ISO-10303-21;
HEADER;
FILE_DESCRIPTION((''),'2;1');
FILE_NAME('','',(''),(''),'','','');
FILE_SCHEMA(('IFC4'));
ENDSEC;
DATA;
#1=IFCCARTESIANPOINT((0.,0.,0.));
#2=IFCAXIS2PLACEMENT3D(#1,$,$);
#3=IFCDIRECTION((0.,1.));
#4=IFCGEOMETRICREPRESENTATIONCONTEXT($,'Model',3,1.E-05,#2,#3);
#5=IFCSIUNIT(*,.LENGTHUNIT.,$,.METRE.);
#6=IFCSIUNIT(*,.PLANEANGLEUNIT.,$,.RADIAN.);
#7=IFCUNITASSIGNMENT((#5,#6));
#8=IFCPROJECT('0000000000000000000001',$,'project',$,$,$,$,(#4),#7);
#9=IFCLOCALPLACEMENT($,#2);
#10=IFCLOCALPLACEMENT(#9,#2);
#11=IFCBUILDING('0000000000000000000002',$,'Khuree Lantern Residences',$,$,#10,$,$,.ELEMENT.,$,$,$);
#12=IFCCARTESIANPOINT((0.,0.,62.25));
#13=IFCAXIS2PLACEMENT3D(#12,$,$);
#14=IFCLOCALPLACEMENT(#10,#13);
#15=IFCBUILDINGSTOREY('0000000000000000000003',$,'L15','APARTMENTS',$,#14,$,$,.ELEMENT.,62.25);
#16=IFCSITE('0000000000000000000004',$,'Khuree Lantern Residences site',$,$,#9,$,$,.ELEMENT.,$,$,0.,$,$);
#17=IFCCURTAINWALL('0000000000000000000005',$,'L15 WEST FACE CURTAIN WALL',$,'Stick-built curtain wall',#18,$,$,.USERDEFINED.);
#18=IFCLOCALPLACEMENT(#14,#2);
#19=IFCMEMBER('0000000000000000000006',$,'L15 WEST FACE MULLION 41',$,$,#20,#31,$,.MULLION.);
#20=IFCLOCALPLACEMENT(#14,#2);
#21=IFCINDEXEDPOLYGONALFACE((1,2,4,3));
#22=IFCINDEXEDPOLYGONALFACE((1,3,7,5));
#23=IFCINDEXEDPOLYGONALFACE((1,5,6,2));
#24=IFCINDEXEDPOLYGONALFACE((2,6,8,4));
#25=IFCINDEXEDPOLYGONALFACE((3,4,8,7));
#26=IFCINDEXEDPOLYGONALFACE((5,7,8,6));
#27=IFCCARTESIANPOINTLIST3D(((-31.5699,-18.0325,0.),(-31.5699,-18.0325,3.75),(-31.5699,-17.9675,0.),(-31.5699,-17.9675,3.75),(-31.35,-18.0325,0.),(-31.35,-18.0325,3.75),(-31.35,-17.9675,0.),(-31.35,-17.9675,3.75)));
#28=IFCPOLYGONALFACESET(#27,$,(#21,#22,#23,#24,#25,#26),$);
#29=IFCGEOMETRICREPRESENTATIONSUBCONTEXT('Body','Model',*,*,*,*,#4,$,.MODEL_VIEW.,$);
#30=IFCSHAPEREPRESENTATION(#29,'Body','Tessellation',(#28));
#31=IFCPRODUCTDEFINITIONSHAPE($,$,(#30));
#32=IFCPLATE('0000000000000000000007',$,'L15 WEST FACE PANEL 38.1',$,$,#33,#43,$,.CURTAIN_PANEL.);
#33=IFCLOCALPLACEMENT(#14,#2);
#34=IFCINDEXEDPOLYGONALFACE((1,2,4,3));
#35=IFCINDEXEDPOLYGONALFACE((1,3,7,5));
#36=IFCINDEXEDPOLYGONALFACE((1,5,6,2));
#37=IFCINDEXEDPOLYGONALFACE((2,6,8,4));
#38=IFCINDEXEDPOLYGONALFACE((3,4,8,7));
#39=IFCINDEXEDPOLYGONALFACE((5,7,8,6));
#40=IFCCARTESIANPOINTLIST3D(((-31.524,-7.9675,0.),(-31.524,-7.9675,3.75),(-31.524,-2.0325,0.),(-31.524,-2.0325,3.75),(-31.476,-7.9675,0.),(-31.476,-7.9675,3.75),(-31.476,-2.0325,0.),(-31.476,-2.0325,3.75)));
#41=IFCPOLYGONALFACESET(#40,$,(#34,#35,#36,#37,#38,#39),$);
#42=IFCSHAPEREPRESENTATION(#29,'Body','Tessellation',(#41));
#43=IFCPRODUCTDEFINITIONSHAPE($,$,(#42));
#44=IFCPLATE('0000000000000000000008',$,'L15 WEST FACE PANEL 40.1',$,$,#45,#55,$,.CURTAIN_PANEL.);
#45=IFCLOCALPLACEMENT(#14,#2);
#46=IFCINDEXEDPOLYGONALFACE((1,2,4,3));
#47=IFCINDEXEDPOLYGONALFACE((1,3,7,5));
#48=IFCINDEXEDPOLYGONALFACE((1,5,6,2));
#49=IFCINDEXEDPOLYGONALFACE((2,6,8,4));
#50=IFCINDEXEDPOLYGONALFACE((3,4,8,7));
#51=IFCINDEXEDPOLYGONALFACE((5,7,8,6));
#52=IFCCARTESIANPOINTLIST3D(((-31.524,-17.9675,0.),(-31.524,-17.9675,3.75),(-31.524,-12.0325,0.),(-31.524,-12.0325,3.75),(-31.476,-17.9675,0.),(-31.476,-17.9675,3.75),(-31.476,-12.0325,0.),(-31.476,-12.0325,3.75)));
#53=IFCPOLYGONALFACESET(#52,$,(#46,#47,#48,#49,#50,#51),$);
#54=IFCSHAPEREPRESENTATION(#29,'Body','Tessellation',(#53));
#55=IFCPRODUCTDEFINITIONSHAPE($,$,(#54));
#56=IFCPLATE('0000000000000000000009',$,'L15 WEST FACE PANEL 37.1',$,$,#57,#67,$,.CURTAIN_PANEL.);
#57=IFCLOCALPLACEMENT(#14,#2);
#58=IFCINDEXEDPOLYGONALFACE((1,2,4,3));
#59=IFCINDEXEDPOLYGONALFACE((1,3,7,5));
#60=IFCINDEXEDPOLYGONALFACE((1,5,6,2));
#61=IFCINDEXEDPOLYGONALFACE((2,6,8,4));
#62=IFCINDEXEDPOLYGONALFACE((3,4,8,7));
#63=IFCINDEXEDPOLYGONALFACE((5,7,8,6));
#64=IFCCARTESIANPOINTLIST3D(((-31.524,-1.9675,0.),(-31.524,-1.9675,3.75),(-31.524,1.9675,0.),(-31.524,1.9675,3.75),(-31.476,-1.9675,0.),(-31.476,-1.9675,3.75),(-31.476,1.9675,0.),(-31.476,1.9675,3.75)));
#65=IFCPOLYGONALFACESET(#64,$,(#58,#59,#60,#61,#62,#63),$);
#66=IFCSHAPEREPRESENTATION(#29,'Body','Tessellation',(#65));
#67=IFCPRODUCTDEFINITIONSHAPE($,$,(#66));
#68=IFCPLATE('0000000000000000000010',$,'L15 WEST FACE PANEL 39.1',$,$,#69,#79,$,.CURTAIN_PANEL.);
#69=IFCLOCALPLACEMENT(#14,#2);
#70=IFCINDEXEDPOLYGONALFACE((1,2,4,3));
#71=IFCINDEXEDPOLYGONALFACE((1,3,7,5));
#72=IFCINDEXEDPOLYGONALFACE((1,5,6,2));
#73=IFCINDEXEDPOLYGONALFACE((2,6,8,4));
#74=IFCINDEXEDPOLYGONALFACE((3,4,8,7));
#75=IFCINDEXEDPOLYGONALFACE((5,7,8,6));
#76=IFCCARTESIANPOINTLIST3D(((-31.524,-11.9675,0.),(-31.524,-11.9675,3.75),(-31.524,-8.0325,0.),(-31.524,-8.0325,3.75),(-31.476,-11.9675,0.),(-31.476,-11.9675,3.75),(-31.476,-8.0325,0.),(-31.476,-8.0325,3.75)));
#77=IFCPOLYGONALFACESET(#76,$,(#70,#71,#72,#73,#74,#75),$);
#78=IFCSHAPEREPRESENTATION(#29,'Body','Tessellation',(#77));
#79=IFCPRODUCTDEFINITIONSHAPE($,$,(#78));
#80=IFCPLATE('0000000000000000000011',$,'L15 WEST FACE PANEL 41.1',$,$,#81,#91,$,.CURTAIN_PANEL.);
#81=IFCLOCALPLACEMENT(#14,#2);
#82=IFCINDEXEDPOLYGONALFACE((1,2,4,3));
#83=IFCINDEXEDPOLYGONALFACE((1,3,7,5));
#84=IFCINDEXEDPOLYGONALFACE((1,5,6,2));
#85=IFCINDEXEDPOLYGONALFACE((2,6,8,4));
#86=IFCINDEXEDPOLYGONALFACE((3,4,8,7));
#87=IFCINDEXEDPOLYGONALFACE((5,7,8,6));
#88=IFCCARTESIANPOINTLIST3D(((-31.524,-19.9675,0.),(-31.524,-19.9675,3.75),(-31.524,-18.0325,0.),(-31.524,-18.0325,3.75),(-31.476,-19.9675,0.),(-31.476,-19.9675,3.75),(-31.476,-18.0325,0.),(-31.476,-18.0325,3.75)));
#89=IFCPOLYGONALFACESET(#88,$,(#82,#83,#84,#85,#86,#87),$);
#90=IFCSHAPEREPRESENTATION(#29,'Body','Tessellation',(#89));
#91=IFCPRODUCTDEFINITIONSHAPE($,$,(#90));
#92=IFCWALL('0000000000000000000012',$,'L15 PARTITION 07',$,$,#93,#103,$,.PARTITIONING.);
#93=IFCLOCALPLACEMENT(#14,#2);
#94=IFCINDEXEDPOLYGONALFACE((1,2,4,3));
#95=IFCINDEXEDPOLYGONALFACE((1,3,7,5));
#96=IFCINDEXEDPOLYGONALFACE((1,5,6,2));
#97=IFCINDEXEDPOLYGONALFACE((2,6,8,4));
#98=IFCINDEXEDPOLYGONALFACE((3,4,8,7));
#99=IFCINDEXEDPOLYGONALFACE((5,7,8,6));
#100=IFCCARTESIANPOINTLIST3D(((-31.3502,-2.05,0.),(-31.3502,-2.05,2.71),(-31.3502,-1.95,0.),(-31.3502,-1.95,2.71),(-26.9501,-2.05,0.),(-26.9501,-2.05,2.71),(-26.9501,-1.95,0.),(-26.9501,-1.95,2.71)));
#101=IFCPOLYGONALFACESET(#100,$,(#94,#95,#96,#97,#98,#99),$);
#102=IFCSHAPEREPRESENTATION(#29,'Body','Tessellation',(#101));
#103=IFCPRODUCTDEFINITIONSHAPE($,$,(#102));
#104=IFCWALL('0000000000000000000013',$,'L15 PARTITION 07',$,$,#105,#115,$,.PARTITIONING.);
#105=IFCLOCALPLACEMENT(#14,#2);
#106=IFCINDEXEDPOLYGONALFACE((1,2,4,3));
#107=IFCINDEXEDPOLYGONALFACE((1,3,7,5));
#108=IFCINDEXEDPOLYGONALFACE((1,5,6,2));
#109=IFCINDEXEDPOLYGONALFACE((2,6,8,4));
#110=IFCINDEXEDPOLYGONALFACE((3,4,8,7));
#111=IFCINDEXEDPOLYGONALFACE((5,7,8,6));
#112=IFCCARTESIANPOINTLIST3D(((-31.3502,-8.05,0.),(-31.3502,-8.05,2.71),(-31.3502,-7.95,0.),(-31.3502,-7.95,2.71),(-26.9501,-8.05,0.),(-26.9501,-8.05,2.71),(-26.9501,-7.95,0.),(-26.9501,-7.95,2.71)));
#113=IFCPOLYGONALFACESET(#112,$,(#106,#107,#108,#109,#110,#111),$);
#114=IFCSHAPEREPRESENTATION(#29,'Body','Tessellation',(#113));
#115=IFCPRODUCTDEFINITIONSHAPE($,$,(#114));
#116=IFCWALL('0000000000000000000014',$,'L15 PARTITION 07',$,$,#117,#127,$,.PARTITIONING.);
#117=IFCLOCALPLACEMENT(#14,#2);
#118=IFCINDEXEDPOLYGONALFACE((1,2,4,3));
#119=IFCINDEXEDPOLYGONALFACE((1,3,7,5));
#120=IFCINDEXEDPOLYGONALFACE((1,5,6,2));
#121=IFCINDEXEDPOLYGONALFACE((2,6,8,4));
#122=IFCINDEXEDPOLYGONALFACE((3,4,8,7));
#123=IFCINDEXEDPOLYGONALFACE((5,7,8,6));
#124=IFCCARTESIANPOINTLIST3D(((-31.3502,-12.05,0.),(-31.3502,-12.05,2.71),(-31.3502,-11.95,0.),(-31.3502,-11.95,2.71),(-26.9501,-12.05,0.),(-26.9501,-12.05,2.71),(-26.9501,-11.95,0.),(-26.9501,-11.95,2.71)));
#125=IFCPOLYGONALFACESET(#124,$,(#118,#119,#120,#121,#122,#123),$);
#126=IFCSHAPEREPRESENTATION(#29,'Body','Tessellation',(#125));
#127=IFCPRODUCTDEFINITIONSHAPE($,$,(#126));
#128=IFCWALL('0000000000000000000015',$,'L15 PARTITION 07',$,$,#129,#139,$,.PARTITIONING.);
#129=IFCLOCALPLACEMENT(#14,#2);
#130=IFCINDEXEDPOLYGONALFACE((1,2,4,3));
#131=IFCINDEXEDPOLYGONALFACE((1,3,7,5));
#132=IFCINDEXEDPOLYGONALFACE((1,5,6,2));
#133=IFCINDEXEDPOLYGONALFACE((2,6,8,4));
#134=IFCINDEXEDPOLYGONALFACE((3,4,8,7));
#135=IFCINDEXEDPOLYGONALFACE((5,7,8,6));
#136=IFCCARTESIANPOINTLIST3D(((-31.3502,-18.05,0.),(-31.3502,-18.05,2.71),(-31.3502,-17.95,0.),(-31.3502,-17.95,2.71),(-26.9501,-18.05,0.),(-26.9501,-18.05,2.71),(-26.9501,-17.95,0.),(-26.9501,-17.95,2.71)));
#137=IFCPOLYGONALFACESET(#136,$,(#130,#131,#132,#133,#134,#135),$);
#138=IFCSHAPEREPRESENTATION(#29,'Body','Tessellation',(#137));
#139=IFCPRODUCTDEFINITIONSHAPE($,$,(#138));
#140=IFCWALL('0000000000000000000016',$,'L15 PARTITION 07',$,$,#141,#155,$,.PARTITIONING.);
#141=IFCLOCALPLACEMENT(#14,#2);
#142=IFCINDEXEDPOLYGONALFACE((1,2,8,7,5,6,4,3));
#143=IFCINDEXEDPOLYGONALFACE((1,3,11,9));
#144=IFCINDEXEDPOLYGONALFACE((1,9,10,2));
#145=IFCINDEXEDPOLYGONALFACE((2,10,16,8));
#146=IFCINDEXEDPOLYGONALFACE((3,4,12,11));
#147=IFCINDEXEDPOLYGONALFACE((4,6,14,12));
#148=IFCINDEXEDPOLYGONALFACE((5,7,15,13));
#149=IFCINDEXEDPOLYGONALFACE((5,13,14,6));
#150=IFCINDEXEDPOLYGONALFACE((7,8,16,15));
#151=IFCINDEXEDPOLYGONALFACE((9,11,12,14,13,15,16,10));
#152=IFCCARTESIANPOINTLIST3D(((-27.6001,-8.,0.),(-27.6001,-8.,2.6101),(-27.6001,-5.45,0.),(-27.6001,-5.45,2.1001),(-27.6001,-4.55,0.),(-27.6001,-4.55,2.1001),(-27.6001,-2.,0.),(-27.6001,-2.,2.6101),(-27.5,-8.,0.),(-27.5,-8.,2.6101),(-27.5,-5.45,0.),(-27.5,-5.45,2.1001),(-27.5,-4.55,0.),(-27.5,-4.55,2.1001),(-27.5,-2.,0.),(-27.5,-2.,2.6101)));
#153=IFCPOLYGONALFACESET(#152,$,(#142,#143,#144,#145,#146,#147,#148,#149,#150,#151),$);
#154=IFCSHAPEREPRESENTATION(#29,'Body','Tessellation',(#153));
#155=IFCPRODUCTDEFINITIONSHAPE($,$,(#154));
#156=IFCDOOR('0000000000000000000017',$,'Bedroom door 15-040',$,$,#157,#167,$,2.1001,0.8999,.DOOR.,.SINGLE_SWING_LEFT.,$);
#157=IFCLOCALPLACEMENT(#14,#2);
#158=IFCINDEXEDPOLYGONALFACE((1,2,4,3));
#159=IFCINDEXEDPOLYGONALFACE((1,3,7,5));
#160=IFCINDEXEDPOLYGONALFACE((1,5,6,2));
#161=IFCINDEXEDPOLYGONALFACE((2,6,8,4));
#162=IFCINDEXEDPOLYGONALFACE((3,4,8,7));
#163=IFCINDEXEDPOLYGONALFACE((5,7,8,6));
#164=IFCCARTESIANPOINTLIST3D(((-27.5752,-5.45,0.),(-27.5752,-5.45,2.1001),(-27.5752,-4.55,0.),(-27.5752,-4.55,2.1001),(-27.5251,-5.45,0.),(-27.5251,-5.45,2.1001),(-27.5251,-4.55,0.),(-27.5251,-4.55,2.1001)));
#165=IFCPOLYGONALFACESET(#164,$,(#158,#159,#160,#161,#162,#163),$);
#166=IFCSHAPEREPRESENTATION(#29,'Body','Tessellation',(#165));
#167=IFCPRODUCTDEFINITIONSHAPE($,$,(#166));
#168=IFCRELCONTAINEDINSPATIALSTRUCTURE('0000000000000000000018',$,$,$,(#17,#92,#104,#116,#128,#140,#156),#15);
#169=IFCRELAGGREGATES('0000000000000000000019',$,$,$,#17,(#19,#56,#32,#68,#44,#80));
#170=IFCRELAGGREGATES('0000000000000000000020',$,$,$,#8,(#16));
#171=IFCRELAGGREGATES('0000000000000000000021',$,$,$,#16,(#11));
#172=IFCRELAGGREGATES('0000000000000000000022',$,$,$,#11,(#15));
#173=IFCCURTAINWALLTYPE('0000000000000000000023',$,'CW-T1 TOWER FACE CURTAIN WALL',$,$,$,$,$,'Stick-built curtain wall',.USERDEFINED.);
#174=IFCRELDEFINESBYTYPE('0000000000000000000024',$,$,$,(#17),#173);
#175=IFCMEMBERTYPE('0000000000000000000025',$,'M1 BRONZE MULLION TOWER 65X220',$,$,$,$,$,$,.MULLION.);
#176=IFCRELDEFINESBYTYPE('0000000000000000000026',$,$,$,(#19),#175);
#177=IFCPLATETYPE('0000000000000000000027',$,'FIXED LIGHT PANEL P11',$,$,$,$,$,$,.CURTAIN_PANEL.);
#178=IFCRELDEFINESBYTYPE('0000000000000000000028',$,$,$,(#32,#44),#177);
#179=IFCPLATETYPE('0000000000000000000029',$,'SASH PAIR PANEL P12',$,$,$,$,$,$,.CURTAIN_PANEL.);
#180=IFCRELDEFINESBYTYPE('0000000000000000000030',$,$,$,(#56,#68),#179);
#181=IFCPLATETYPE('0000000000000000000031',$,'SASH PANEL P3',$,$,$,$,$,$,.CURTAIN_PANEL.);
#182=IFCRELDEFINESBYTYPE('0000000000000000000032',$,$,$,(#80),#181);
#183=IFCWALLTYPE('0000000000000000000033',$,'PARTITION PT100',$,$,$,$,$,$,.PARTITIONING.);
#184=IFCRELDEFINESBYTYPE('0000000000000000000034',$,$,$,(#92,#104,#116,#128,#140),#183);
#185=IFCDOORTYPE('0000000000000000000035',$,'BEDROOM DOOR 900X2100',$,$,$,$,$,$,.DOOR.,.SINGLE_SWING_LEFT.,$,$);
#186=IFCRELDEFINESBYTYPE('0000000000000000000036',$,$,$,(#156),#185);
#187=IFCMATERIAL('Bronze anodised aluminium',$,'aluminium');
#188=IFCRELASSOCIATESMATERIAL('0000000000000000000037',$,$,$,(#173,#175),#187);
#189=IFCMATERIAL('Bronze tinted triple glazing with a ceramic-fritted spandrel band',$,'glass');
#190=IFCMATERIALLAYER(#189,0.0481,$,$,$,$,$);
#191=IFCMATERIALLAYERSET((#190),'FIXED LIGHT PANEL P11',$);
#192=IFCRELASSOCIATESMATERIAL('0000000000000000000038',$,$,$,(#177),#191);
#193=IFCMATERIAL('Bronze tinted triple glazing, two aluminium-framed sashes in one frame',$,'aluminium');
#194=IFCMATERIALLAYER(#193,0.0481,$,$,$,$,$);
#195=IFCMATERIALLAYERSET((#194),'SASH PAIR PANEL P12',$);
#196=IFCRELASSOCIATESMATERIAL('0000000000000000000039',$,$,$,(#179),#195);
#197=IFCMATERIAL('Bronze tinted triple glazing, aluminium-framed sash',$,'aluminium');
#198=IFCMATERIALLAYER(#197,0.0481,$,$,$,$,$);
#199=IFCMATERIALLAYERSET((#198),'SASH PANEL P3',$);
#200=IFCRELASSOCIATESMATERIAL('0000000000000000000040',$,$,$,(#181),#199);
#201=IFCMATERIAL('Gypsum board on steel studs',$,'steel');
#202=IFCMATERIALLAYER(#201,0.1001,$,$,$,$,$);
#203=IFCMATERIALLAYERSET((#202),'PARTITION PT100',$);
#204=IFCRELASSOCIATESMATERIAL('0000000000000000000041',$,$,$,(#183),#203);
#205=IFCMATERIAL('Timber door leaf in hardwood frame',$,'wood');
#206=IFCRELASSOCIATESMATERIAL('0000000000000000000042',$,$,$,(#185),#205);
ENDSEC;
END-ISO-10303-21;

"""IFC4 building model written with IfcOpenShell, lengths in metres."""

from ifc_helpers import new_model, si_unit, direction, frame, frame_2d, origin, origin_2d, place, context, subcontext, project, spatial, rectangle, extrude, material, layer, layer_set, material_profile, profile_set, type_object, element, fill, aggregate, save


model = new_model("IFC4")

# Units and contexts
model_context = context("Model", 3, precision=1e-05, world=origin(), true_north=direction((0.0, 1.0)))
body_context = subcontext(model_context, "Body", "Model", "MODEL_VIEW")
ifc_project = project(units=[si_unit("LENGTHUNIT", "METRE"), si_unit("PLANEANGLEUNIT", "RADIAN")], contexts=[model_context])

# Site, building, storey
site_placement = place(None, origin())
site = spatial("IfcSite", under=ifc_project, at=site_placement, Name="Khuree Lantern Residences site", CompositionType="ELEMENT", RefElevation=0.0)
building_placement = place(site_placement, origin())
building = spatial("IfcBuilding", under=site, at=building_placement, Name="Khuree Lantern Residences", CompositionType="ELEMENT")
storey_placement = place(building_placement, frame((0.0, 0.0, 62.25)))
storey = spatial("IfcBuildingStorey", under=building, at=storey_placement, Name="L15", Description="APARTMENTS", CompositionType="ELEMENT", Elevation=62.25)

# Curtain wall
ifc_material_1 = material(Name="Bronze anodised aluminium", Category="aluminium")
curtain_wall_type = type_object("IfcCurtainWallType", Name="CW-T1 TOWER FACE CURTAIN WALL", ElementType="Stick-built curtain wall", PredefinedType="USERDEFINED", material=ifc_material_1)
curtain_wall_placement = place(storey_placement, origin())
curtain_wall = element("IfcCurtainWall", 1, at=curtain_wall_placement, inside=storey, type_object=curtain_wall_type, Name="L15 WEST FACE CURTAIN WALL", ObjectType="Stick-built curtain wall", PredefinedType="USERDEFINED")

# Member
ifc_material_profile_1 = material_profile(ifc_material_1, rectangle(XDim=0.0649, YDim=0.22, at=origin_2d()), Name="M1 65X220")
ifc_profile_set_1 = profile_set([ifc_material_profile_1], Name="Bronze anodised aluminium")
member_type_1 = type_object("IfcMemberType", Name="M1 BRONZE MULLION TOWER 65X220", PredefinedType="MULLION", material=ifc_profile_set_1)
member_1_placement = place(storey_placement, frame((-31.46, -18.0, 0.0), z_axis=(0.0, 0.0, 1.0), x_axis=(0.0, -1.0, 0.0)))
member_1 = element("IfcMember", 2, at=member_1_placement, type_object=member_type_1, Name="L15 WEST FACE MULLION 41", PredefinedType="MULLION", context=body_context, shape_type="SweptSolid", body=[
    extrude(rectangle(XDim=0.0649, YDim=0.22, at=origin_2d()), origin(), (0.0, 0.0, 1.0), 3.75),
])

# Plates
ifc_material_2 = material(Name="Bronze tinted triple glazing with a ceramic-fritted spandrel band", Category="glass")
ifc_layer_1 = layer(ifc_material_2, 0.0481)
ifc_layer_set_1 = layer_set([ifc_layer_1], Name="FIXED LIGHT PANEL P11")
plate_type_1 = type_object("IfcPlateType", Name="FIXED LIGHT PANEL P11", PredefinedType="CURTAIN_PANEL", material=ifc_layer_set_1)
plate_1_placement = place(storey_placement, frame((-31.5, -5.0, 0.0), z_axis=(0.0, 0.0, 1.0), x_axis=(0.0, -1.0, 0.0)))
plate_1 = element("IfcPlate", 3, at=plate_1_placement, type_object=plate_type_1, Name="L15 WEST FACE PANEL 38.1", PredefinedType="CURTAIN_PANEL", context=body_context, shape_type="SweptSolid", body=[
    extrude(rectangle(XDim=5.9351, YDim=0.0481, at=origin_2d()), origin(), (0.0, 0.0, 1.0), 3.75),
])
plate_2_placement = place(storey_placement, frame((-31.5, -15.0, 0.0), z_axis=(0.0, 0.0, 1.0), x_axis=(0.0, -1.0, 0.0)))
plate_2 = element("IfcPlate", 4, at=plate_2_placement, type_object=plate_type_1, Name="L15 WEST FACE PANEL 40.1", PredefinedType="CURTAIN_PANEL", context=body_context, shape_type="SweptSolid", body=[
    extrude(rectangle(XDim=5.9351, YDim=0.0481, at=origin_2d()), origin(), (0.0, 0.0, 1.0), 3.75),
])
ifc_material_3 = material(Name="Bronze tinted triple glazing, two aluminium-framed sashes in one frame", Category="aluminium")
ifc_layer_2 = layer(ifc_material_3, 0.0481)
ifc_layer_set_2 = layer_set([ifc_layer_2], Name="SASH PAIR PANEL P12")
plate_type_2 = type_object("IfcPlateType", Name="SASH PAIR PANEL P12", PredefinedType="CURTAIN_PANEL", material=ifc_layer_set_2)
plate_3_placement = place(storey_placement, frame((-31.5, 0.0, 0.0), z_axis=(0.0, 0.0, 1.0), x_axis=(0.0, -1.0, 0.0)))
plate_3 = element("IfcPlate", 5, at=plate_3_placement, type_object=plate_type_2, Name="L15 WEST FACE PANEL 37.1", PredefinedType="CURTAIN_PANEL", context=body_context, shape_type="SweptSolid", body=[
    extrude(rectangle(XDim=3.9351, YDim=0.0481, at=origin_2d()), origin(), (0.0, 0.0, 1.0), 3.75),
])
plate_4_placement = place(storey_placement, frame((-31.5, -10.0, 0.0), z_axis=(0.0, 0.0, 1.0), x_axis=(0.0, -1.0, 0.0)))
plate_4 = element("IfcPlate", 6, at=plate_4_placement, type_object=plate_type_2, Name="L15 WEST FACE PANEL 39.1", PredefinedType="CURTAIN_PANEL", context=body_context, shape_type="SweptSolid", body=[
    extrude(rectangle(XDim=3.9351, YDim=0.0481, at=origin_2d()), origin(), (0.0, 0.0, 1.0), 3.75),
])
ifc_material_4 = material(Name="Bronze tinted triple glazing, aluminium-framed sash", Category="aluminium")
ifc_layer_3 = layer(ifc_material_4, 0.0481)
ifc_layer_set_3 = layer_set([ifc_layer_3], Name="SASH PANEL P3")
plate_type_3 = type_object("IfcPlateType", Name="SASH PANEL P3", PredefinedType="CURTAIN_PANEL", material=ifc_layer_set_3)
plate_5_placement = place(storey_placement, frame((-31.5, -19.0, 0.0), z_axis=(0.0, 0.0, 1.0), x_axis=(0.0, -1.0, 0.0)))
plate_5 = element("IfcPlate", 7, at=plate_5_placement, type_object=plate_type_3, Name="L15 WEST FACE PANEL 41.1", PredefinedType="CURTAIN_PANEL", context=body_context, shape_type="SweptSolid", body=[
    extrude(rectangle(XDim=1.9351, YDim=0.0481, at=origin_2d()), origin(), (0.0, 0.0, 1.0), 3.75),
])
aggregate(curtain_wall, [member_1, plate_3, plate_1, plate_4, plate_2, plate_5])

# Walls
ifc_material_5 = material(Name="Gypsum board on steel studs", Category="steel")
ifc_layer_4 = layer(ifc_material_5, 0.1001)
ifc_layer_set_4 = layer_set([ifc_layer_4], Name="PARTITION PT100")
wall_type = type_object("IfcWallType", Name="PARTITION PT100", PredefinedType="PARTITIONING", material=ifc_layer_set_4)
for number, where, z_axis, x_axis, name in (
    (8, (-26.95, -2.0, 0.0), (0.0, 0.0, 1.0), (-1.0, 0.0, 0.0), "L15 PARTITION 07"),
    (9, (-26.95, -8.0, 0.0), (0.0, 0.0, 1.0), (-1.0, 0.0, 0.0), "L15 PARTITION 07"),
    (10, (-26.95, -12.0, 0.0), (0.0, 0.0, 1.0), (-1.0, 0.0, 0.0), "L15 PARTITION 07"),
    (11, (-26.95, -18.0, 0.0), (0.0, 0.0, 1.0), (-1.0, 0.0, 0.0), "L15 PARTITION 07"),
):
    element("IfcWall", number, at=place(storey_placement, frame(where, z_axis=z_axis, x_axis=x_axis)), inside=storey, type_object=wall_type, Name=name, PredefinedType="PARTITIONING", context=body_context, shape_type="SweptSolid", body=[
        extrude(rectangle(XDim=4.4001, YDim=0.1001, at=frame_2d((2.2002, 0.0))), origin(), (0.0, 0.0, 1.0), 2.71),
    ])

# Wall, opening, door
wall_1_placement = place(storey_placement, frame((-27.55, -2.0, 0.0), z_axis=(0.0, 0.0, 1.0), x_axis=(0.0, -1.0, 0.0)))
wall_1 = element("IfcWall", 12, at=wall_1_placement, inside=storey, type_object=wall_type, Name="L15 PARTITION 07", PredefinedType="PARTITIONING", context=body_context, shape_type="SweptSolid", body=[
    extrude(rectangle(XDim=6.0, YDim=0.1001, at=frame_2d((3.0, 0.0))), origin(), (0.0, 0.0, 1.0), 2.6101),
])
opening_1_placement = place(wall_1_placement, frame((2.55, 0.0, 0.0)))
opening_1 = element("IfcOpeningElement", 13, at=opening_1_placement, cuts=wall_1, PredefinedType="OPENING", context=body_context, shape_type="SweptSolid", body=[
    extrude(rectangle(XDim=0.8999, YDim=2.1001, at=frame_2d((0.45, 1.05))), frame((0.0, 0.0601, 0.0), z_axis=(0.0, -1.0, 0.0), x_axis=(1.0, 0.0, 0.0)), (0.0, 0.0, 1.0), 0.1201),
])
ifc_material_6 = material(Name="Timber door leaf in hardwood frame", Category="wood")
door_type = type_object("IfcDoorType", Name="BEDROOM DOOR 900X2100", OperationType="SINGLE_SWING_LEFT", PredefinedType="DOOR", material=ifc_material_6)
door_1_placement = place(opening_1_placement, origin())
door_1 = element("IfcDoor", 14, at=door_1_placement, inside=storey, type_object=door_type, Name="Bedroom door 15-040", OperationType="SINGLE_SWING_LEFT", OverallHeight=2.1001, OverallWidth=0.8999, PredefinedType="DOOR", context=body_context, shape_type="SweptSolid", body=[
    extrude(rectangle(XDim=0.8999, YDim=2.1001, at=frame_2d((0.45, 1.05))), frame((0.0, 0.0249, 0.0), z_axis=(0.0, -1.0, 0.0), x_axis=(1.0, 0.0, 0.0)), (0.0, 0.0, 1.0), 0.05),
])
fill(opening_1, door_1)

save(model, "model.ifc")
